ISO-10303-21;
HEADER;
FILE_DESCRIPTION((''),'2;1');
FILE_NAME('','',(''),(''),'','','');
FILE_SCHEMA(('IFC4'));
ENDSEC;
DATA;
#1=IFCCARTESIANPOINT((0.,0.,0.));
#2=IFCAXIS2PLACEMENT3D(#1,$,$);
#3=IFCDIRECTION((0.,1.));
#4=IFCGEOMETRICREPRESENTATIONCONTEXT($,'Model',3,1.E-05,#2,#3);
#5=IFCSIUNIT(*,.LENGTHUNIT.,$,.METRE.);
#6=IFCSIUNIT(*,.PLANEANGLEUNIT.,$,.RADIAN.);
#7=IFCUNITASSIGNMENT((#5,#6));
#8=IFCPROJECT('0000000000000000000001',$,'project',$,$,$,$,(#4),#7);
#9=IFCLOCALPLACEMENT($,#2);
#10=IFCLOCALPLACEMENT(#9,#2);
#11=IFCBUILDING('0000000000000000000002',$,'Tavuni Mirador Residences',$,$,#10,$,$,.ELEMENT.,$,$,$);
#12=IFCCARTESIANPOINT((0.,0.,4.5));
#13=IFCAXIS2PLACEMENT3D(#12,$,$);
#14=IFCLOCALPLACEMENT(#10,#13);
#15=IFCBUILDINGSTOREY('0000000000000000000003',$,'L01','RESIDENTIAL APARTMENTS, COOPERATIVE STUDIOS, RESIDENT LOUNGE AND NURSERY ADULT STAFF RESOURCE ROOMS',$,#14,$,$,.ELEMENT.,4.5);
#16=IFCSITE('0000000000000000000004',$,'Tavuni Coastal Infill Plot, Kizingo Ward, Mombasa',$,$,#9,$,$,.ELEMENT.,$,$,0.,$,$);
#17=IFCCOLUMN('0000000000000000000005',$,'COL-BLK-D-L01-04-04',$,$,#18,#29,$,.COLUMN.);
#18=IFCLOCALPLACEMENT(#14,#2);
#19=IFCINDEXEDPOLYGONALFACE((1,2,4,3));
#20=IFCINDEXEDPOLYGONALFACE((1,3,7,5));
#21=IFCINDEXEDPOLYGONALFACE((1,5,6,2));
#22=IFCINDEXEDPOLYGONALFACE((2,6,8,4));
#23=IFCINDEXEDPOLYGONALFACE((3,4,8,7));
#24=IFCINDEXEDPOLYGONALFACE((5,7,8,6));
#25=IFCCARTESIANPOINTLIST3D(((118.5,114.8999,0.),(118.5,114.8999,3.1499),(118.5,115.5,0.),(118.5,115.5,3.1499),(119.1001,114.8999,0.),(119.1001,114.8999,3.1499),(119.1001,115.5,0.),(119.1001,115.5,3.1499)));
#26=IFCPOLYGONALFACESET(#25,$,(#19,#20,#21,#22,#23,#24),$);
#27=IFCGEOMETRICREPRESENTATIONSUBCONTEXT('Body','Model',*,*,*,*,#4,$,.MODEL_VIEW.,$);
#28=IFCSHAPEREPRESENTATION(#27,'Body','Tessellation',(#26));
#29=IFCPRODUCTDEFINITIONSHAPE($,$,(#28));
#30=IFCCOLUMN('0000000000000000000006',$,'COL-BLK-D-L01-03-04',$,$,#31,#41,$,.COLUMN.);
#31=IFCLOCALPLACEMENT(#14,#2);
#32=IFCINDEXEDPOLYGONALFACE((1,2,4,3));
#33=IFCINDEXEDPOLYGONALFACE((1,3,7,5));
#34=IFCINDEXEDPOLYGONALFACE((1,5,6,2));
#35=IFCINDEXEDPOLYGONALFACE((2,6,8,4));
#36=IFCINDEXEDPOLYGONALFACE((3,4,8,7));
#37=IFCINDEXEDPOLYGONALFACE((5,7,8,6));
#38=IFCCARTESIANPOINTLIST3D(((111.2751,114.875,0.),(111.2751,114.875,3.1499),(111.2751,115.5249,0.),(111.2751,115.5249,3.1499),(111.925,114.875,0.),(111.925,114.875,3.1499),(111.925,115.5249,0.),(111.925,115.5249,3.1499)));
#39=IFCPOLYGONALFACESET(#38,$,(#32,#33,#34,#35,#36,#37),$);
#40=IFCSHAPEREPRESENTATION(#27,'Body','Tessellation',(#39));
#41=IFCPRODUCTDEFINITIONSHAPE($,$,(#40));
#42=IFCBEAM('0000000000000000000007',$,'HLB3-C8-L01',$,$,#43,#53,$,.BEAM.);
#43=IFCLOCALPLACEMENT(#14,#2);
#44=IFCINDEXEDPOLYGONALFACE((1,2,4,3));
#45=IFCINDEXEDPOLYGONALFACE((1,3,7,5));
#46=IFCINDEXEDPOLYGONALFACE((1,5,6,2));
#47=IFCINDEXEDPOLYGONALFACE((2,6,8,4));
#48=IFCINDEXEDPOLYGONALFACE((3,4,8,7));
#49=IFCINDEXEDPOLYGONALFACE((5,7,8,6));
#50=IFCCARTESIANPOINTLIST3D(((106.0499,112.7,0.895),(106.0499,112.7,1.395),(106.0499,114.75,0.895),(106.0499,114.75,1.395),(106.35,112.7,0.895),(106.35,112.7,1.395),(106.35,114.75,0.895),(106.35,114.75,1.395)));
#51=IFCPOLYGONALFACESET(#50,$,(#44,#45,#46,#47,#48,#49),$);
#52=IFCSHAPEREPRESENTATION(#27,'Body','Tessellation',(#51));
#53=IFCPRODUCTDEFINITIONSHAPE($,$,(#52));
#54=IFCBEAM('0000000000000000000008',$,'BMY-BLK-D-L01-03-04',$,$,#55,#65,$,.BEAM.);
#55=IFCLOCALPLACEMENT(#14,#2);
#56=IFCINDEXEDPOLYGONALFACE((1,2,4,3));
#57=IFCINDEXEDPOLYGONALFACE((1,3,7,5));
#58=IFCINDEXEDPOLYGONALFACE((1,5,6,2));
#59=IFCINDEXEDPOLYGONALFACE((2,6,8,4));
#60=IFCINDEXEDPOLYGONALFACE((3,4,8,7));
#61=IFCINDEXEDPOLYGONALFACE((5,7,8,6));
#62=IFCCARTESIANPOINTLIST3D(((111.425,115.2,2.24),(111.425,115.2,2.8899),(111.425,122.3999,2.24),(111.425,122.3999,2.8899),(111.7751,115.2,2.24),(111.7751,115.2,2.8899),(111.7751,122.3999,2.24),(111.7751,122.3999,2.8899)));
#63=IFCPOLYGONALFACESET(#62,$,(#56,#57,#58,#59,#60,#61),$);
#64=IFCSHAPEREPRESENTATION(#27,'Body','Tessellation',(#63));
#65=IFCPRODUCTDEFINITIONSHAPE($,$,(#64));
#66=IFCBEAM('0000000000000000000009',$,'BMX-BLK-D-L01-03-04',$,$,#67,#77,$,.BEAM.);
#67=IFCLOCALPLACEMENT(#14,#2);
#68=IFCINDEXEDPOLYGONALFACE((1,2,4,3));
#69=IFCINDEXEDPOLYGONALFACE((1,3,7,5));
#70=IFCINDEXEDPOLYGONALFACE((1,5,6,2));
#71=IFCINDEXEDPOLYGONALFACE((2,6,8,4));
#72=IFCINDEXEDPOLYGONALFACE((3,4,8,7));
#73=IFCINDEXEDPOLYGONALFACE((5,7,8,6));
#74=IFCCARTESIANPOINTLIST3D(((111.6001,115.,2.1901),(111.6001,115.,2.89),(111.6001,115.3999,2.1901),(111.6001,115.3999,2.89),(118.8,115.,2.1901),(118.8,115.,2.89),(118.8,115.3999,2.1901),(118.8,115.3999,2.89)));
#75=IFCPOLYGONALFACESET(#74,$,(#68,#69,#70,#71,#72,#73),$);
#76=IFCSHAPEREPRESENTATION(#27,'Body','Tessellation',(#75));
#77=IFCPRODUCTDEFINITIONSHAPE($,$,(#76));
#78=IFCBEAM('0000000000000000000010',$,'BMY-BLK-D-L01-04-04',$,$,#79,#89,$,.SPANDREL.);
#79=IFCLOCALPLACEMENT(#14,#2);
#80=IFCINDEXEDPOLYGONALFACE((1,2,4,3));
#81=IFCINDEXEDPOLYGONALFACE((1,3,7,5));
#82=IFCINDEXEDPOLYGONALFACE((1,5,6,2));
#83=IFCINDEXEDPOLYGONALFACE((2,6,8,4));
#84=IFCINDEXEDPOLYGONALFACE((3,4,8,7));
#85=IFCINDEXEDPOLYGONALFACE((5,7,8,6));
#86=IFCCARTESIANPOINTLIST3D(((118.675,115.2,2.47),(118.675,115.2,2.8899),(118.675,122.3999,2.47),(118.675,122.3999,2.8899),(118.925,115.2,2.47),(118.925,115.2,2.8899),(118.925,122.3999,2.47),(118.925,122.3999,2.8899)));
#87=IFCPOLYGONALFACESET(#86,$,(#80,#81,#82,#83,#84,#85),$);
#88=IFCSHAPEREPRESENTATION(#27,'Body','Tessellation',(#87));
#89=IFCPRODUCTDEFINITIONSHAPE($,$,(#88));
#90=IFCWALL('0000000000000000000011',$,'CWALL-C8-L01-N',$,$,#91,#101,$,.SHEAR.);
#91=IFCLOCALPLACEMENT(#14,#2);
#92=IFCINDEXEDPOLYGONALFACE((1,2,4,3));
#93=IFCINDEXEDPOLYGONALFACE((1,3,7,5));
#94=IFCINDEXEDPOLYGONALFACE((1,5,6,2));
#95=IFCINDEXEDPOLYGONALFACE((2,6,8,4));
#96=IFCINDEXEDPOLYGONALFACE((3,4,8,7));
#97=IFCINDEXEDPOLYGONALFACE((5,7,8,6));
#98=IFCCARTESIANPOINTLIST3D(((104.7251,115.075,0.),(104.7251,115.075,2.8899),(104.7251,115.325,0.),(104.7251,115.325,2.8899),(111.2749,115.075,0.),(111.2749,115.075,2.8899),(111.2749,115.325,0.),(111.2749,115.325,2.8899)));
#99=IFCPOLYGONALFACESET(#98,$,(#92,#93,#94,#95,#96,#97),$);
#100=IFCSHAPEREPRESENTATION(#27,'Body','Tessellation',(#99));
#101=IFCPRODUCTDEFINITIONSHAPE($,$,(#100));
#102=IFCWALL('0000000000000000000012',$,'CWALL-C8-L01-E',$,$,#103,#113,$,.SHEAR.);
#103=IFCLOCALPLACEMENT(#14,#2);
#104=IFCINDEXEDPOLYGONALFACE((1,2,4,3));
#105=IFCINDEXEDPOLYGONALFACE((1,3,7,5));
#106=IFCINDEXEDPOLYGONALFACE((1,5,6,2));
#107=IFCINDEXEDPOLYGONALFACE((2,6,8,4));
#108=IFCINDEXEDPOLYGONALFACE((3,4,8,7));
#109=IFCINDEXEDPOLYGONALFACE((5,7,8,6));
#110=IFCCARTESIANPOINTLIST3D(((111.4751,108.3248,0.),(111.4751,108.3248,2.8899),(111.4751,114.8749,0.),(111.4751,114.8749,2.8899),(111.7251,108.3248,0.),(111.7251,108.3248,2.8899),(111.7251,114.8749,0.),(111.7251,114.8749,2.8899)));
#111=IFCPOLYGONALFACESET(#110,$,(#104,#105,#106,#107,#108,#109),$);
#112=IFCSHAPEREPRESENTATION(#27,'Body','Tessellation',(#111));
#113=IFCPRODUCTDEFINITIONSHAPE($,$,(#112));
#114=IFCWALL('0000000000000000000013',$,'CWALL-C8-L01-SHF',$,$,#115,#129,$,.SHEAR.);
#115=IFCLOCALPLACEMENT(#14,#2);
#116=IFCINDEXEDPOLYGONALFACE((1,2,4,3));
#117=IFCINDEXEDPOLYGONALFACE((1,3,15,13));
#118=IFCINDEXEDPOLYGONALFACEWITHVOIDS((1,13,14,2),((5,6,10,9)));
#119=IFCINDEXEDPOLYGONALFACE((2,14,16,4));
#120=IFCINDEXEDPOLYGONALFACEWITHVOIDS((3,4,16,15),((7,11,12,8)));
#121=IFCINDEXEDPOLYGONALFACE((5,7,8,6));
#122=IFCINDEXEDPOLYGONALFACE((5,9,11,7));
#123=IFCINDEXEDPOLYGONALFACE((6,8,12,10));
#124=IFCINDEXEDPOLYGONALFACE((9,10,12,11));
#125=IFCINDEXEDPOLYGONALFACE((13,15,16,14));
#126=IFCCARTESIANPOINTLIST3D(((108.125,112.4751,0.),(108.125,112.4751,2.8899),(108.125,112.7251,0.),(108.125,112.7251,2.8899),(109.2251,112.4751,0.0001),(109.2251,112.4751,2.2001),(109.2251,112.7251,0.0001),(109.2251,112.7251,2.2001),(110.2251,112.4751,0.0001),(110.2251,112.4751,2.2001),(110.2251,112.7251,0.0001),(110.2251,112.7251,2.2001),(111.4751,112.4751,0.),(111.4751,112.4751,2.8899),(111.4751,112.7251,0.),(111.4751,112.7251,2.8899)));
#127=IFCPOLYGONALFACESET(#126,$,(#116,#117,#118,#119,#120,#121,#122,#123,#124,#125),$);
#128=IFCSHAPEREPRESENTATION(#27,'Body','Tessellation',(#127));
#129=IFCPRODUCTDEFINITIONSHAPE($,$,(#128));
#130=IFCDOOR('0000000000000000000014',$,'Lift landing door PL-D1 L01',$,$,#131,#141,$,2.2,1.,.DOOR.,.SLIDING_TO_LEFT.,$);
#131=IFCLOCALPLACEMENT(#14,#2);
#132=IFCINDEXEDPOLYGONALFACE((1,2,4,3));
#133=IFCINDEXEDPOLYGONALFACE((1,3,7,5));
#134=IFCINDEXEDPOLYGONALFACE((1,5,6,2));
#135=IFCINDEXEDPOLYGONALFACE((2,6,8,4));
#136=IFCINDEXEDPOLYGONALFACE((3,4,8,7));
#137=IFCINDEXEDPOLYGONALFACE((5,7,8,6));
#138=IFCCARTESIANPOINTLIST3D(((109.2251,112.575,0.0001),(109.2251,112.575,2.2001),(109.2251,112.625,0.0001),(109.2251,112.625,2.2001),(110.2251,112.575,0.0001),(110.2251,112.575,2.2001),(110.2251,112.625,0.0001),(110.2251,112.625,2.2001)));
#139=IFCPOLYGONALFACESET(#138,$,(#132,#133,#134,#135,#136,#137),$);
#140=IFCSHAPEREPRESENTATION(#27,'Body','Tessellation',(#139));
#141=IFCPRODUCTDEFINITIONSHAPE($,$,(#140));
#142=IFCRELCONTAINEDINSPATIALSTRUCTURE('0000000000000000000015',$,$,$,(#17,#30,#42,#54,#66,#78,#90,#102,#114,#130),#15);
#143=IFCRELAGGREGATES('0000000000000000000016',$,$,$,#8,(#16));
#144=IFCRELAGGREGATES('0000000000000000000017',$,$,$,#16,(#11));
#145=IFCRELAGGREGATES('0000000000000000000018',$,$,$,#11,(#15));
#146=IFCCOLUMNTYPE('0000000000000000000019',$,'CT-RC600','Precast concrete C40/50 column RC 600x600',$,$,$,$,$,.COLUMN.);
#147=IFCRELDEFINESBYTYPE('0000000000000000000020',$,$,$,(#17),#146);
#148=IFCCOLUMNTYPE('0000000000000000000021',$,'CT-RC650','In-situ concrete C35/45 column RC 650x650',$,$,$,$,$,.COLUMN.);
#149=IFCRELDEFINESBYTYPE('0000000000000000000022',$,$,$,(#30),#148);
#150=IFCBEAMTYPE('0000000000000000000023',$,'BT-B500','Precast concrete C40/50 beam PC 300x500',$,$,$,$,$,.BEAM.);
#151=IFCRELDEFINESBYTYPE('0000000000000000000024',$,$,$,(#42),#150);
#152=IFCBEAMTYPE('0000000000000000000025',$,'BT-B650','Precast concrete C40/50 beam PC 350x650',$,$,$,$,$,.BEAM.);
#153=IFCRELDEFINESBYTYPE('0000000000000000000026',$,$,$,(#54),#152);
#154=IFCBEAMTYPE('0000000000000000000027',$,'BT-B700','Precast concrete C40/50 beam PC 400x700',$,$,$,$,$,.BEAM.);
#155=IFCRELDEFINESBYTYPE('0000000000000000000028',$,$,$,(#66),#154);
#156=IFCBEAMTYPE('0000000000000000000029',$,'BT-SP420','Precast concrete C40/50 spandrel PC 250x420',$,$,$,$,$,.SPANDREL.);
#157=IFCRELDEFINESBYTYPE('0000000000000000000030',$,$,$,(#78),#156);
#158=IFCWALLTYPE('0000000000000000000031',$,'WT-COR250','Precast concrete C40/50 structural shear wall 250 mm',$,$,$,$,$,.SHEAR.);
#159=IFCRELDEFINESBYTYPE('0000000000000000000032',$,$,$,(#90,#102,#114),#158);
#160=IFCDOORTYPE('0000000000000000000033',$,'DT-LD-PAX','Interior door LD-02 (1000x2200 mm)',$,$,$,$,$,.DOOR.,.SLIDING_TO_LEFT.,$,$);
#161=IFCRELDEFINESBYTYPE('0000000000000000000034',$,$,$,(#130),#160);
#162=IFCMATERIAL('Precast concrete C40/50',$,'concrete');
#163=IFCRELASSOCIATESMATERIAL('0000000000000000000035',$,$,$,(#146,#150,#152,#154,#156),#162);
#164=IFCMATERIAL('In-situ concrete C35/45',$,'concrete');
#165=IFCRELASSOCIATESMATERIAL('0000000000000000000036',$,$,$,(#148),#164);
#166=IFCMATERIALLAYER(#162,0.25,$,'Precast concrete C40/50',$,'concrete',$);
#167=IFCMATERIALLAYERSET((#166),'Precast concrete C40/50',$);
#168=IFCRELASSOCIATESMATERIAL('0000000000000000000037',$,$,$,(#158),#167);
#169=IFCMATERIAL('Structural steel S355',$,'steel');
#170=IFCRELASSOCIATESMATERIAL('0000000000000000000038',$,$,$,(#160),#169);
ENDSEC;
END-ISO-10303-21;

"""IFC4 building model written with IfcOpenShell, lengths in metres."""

from ifc_helpers import new_model, si_unit, direction, frame, frame_2d, origin, origin_2d, place, context, subcontext, project, spatial, rectangle, extrude, material, layer, layer_set, material_profile, profile_set, type_object, element, fill, save


model = new_model("IFC4")

# Units and contexts
model_context = context("Model", 3, precision=1e-05, world=origin(), true_north=direction((0.0, 1.0)))
body_context = subcontext(model_context, "Body", "Model", "MODEL_VIEW")
ifc_project = project(units=[si_unit("LENGTHUNIT", "METRE"), si_unit("PLANEANGLEUNIT", "RADIAN")], contexts=[model_context])

# Site, building, storey
site_placement = place(None, origin())
site = spatial("IfcSite", under=ifc_project, at=site_placement, Name="Tavuni Coastal Infill Plot, Kizingo Ward, Mombasa", CompositionType="ELEMENT", RefElevation=0.0)
building_placement = place(site_placement, origin())
building = spatial("IfcBuilding", under=site, at=building_placement, Name="Tavuni Mirador Residences", CompositionType="ELEMENT")
storey_placement = place(building_placement, frame((0.0, 0.0, 4.5)))
storey = spatial("IfcBuildingStorey", under=building, at=storey_placement, Name="L01", Description="RESIDENTIAL APARTMENTS, COOPERATIVE STUDIOS, RESIDENT LOUNGE AND NURSERY ADULT STAFF RESOURCE ROOMS", CompositionType="ELEMENT", Elevation=4.5)

# Columns
ifc_material_1 = material(Name="Precast concrete C40/50", Category="concrete")
ifc_material_profile_1 = material_profile(ifc_material_1, rectangle(XDim=0.6001, YDim=0.6001, at=origin_2d()), Name="RC 600x600", Category="concrete")
ifc_profile_set_1 = profile_set([ifc_material_profile_1], Name="Precast concrete C40/50")
column_type_1 = type_object("IfcColumnType", Name="CT-RC600", Description="Precast concrete C40/50 column RC 600x600", PredefinedType="COLUMN", material=ifc_profile_set_1)
column_1_placement = place(storey_placement, frame((118.8, 115.2, 0.0), z_axis=(0.0, 0.0, 1.0), x_axis=(1.0, 0.0, 0.0)))
element("IfcColumn", 1, at=column_1_placement, inside=storey, type_object=column_type_1, Name="COL-BLK-D-L01-04-04", PredefinedType="COLUMN", context=body_context, shape_type="SweptSolid", body=[
    extrude(rectangle(XDim=0.6001, YDim=0.6001, at=origin_2d()), origin(), (0.0, 0.0, 1.0), 3.1499),
])
ifc_material_2 = material(Name="In-situ concrete C35/45", Category="concrete")
ifc_material_profile_2 = material_profile(ifc_material_2, rectangle(XDim=0.6499, YDim=0.6499, at=origin_2d()), Name="RC 650x650", Category="concrete")
ifc_profile_set_2 = profile_set([ifc_material_profile_2], Name="In-situ concrete C35/45")
column_type_2 = type_object("IfcColumnType", Name="CT-RC650", Description="In-situ concrete C35/45 column RC 650x650", PredefinedType="COLUMN", material=ifc_profile_set_2)
column_2_placement = place(storey_placement, frame((111.6001, 115.2, 0.0), z_axis=(0.0, 0.0, 1.0), x_axis=(1.0, 0.0, 0.0)))
element("IfcColumn", 2, at=column_2_placement, inside=storey, type_object=column_type_2, Name="COL-BLK-D-L01-03-04", PredefinedType="COLUMN", context=body_context, shape_type="SweptSolid", body=[
    extrude(rectangle(XDim=0.6499, YDim=0.6499, at=origin_2d()), origin(), (0.0, 0.0, 1.0), 3.1499),
])

# Beams
ifc_material_profile_3 = material_profile(ifc_material_1, rectangle(XDim=0.3, YDim=0.5, at=origin_2d()), Name="PC 300x500", Category="concrete")
ifc_profile_set_3 = profile_set([ifc_material_profile_3], Name="Precast concrete C40/50")
beam_type_1 = type_object("IfcBeamType", Name="BT-B500", Description="Precast concrete C40/50 beam PC 300x500", PredefinedType="BEAM", material=ifc_profile_set_3)
beam_1_placement = place(storey_placement, frame((106.2, 112.7, 1.145), z_axis=(0.0, 1.0, 0.0), x_axis=(-1.0, 0.0, 0.0)))
element("IfcBeam", 3, at=beam_1_placement, inside=storey, type_object=beam_type_1, Name="HLB3-C8-L01", PredefinedType="BEAM", context=body_context, shape_type="SweptSolid", body=[
    extrude(rectangle(XDim=0.3, YDim=0.5, at=origin_2d()), origin(), (0.0, 0.0, 1.0), 2.05),
])
ifc_material_profile_4 = material_profile(ifc_material_1, rectangle(XDim=0.3501, YDim=0.6499, at=origin_2d()), Name="PC 350x650", Category="concrete")
ifc_profile_set_4 = profile_set([ifc_material_profile_4], Name="Precast concrete C40/50")
beam_type_2 = type_object("IfcBeamType", Name="BT-B650", Description="Precast concrete C40/50 beam PC 350x650", PredefinedType="BEAM", material=ifc_profile_set_4)
beam_2_placement = place(storey_placement, frame((111.6001, 115.2, 2.5649), z_axis=(0.0, 1.0, 0.0), x_axis=(-1.0, 0.0, 0.0)))
element("IfcBeam", 4, at=beam_2_placement, inside=storey, type_object=beam_type_2, Name="BMY-BLK-D-L01-03-04", PredefinedType="BEAM", context=body_context, shape_type="SweptSolid", body=[
    extrude(rectangle(XDim=0.3501, YDim=0.6499, at=origin_2d()), origin(), (0.0, 0.0, 1.0), 7.2),
])
ifc_material_profile_5 = material_profile(ifc_material_1, rectangle(XDim=0.3999, YDim=0.7, at=origin_2d()), Name="PC 400x700", Category="concrete")
ifc_profile_set_5 = profile_set([ifc_material_profile_5], Name="Precast concrete C40/50")
beam_type_3 = type_object("IfcBeamType", Name="BT-B700", Description="Precast concrete C40/50 beam PC 400x700", PredefinedType="BEAM", material=ifc_profile_set_5)
beam_3_placement = place(storey_placement, frame((111.6001, 115.2, 2.54), z_axis=(1.0, 0.0, 0.0), x_axis=(0.0, 1.0, 0.0)))
element("IfcBeam", 5, at=beam_3_placement, inside=storey, type_object=beam_type_3, Name="BMX-BLK-D-L01-03-04", PredefinedType="BEAM", context=body_context, shape_type="SweptSolid", body=[
    extrude(rectangle(XDim=0.3999, YDim=0.7, at=origin_2d()), origin(), (0.0, 0.0, 1.0), 7.2),
])
ifc_material_profile_6 = material_profile(ifc_material_1, rectangle(XDim=0.25, YDim=0.4199, at=origin_2d()), Name="PC 250x420", Category="concrete")
ifc_profile_set_6 = profile_set([ifc_material_profile_6], Name="Precast concrete C40/50")
beam_type_4 = type_object("IfcBeamType", Name="BT-SP420", Description="Precast concrete C40/50 spandrel PC 250x420", PredefinedType="SPANDREL", material=ifc_profile_set_6)
beam_4_placement = place(storey_placement, frame((118.8, 115.2, 2.6799), z_axis=(0.0, 1.0, 0.0), x_axis=(-1.0, 0.0, 0.0)))
element("IfcBeam", 6, at=beam_4_placement, inside=storey, type_object=beam_type_4, Name="BMY-BLK-D-L01-04-04", PredefinedType="SPANDREL", context=body_context, shape_type="SweptSolid", body=[
    extrude(rectangle(XDim=0.25, YDim=0.4199, at=origin_2d()), origin(), (0.0, 0.0, 1.0), 7.2),
])

# Walls
ifc_layer_1 = layer(ifc_material_1, 0.25, Name="Precast concrete C40/50", Category="concrete")
ifc_layer_set_1 = layer_set([ifc_layer_1], Name="Precast concrete C40/50")
wall_type_1 = type_object("IfcWallType", Name="WT-COR250", Description="Precast concrete C40/50 structural shear wall 250 mm", PredefinedType="SHEAR", material=ifc_layer_set_1)
wall_1_placement = place(storey_placement, frame((104.7251, 115.2, 0.0), z_axis=(0.0, 0.0, 1.0), x_axis=(1.0, 0.0, 0.0)))
element("IfcWall", 7, at=wall_1_placement, inside=storey, type_object=wall_type_1, Name="CWALL-C8-L01-N", PredefinedType="SHEAR", context=body_context, shape_type="SweptSolid", body=[
    extrude(rectangle(XDim=6.5498, YDim=0.25, at=frame_2d((3.2749, 0.0))), origin(), (0.0, 0.0, 1.0), 2.8899),
])
wall_2_placement = place(storey_placement, frame((111.6001, 108.325, 0.0), z_axis=(0.0, 0.0, 1.0), x_axis=(0.0, 1.0, 0.0)))
element("IfcWall", 8, at=wall_2_placement, inside=storey, type_object=wall_type_1, Name="CWALL-C8-L01-E", PredefinedType="SHEAR", context=body_context, shape_type="SweptSolid", body=[
    extrude(rectangle(XDim=6.55, YDim=0.25, at=frame_2d((3.2749, 0.0))), origin(), (0.0, 0.0, 1.0), 2.8899),
])

# Wall, opening, door
wall_3_placement = place(storey_placement, frame((108.125, 112.6001, 0.0), z_axis=(0.0, 0.0, 1.0), x_axis=(1.0, 0.0, 0.0)))
wall_3 = element("IfcWall", 9, at=wall_3_placement, inside=storey, type_object=wall_type_1, Name="CWALL-C8-L01-SHF", PredefinedType="SHEAR", context=body_context, shape_type="SweptSolid", body=[
    extrude(rectangle(XDim=3.3501, YDim=0.25, at=frame_2d((1.675, 0.0))), origin(), (0.0, 0.0, 1.0), 2.8899),
])
opening_1_placement = place(wall_3_placement, frame((1.1001, 0.0, 0.0)))
opening_1 = element("IfcOpeningElement", 10, at=opening_1_placement, cuts=wall_3, PredefinedType="OPENING", context=body_context, shape_type="SweptSolid", body=[
    extrude(rectangle(XDim=1.0, YDim=2.2, at=frame_2d((0.5, 1.1001))), frame((0.0, 0.135, 0.0), z_axis=(0.0, -1.0, 0.0), x_axis=(1.0, 0.0, 0.0)), (0.0, 0.0, 1.0), 0.27),
])
ifc_material_3 = material(Name="Structural steel S355", Category="steel")
door_type_1 = type_object("IfcDoorType", Name="DT-LD-PAX", Description="Interior door LD-02 (1000x2200 mm)", OperationType="SLIDING_TO_LEFT", PredefinedType="DOOR", material=ifc_material_3)
door_1_placement = place(opening_1_placement, origin())
door_1 = element("IfcDoor", 11, at=door_1_placement, inside=storey, type_object=door_type_1, Name="Lift landing door PL-D1 L01", OperationType="SLIDING_TO_LEFT", OverallHeight=2.2, OverallWidth=1.0, PredefinedType="DOOR", context=body_context, shape_type="SweptSolid", body=[
    extrude(rectangle(XDim=1.0, YDim=2.2, at=frame_2d((0.5, 1.1001))), frame((0.0, 0.0249, 0.0), z_axis=(0.0, -1.0, 0.0), x_axis=(1.0, 0.0, 0.0)), (0.0, 0.0, 1.0), 0.05),
])
fill(opening_1, door_1)

save(model, "model.ifc")
